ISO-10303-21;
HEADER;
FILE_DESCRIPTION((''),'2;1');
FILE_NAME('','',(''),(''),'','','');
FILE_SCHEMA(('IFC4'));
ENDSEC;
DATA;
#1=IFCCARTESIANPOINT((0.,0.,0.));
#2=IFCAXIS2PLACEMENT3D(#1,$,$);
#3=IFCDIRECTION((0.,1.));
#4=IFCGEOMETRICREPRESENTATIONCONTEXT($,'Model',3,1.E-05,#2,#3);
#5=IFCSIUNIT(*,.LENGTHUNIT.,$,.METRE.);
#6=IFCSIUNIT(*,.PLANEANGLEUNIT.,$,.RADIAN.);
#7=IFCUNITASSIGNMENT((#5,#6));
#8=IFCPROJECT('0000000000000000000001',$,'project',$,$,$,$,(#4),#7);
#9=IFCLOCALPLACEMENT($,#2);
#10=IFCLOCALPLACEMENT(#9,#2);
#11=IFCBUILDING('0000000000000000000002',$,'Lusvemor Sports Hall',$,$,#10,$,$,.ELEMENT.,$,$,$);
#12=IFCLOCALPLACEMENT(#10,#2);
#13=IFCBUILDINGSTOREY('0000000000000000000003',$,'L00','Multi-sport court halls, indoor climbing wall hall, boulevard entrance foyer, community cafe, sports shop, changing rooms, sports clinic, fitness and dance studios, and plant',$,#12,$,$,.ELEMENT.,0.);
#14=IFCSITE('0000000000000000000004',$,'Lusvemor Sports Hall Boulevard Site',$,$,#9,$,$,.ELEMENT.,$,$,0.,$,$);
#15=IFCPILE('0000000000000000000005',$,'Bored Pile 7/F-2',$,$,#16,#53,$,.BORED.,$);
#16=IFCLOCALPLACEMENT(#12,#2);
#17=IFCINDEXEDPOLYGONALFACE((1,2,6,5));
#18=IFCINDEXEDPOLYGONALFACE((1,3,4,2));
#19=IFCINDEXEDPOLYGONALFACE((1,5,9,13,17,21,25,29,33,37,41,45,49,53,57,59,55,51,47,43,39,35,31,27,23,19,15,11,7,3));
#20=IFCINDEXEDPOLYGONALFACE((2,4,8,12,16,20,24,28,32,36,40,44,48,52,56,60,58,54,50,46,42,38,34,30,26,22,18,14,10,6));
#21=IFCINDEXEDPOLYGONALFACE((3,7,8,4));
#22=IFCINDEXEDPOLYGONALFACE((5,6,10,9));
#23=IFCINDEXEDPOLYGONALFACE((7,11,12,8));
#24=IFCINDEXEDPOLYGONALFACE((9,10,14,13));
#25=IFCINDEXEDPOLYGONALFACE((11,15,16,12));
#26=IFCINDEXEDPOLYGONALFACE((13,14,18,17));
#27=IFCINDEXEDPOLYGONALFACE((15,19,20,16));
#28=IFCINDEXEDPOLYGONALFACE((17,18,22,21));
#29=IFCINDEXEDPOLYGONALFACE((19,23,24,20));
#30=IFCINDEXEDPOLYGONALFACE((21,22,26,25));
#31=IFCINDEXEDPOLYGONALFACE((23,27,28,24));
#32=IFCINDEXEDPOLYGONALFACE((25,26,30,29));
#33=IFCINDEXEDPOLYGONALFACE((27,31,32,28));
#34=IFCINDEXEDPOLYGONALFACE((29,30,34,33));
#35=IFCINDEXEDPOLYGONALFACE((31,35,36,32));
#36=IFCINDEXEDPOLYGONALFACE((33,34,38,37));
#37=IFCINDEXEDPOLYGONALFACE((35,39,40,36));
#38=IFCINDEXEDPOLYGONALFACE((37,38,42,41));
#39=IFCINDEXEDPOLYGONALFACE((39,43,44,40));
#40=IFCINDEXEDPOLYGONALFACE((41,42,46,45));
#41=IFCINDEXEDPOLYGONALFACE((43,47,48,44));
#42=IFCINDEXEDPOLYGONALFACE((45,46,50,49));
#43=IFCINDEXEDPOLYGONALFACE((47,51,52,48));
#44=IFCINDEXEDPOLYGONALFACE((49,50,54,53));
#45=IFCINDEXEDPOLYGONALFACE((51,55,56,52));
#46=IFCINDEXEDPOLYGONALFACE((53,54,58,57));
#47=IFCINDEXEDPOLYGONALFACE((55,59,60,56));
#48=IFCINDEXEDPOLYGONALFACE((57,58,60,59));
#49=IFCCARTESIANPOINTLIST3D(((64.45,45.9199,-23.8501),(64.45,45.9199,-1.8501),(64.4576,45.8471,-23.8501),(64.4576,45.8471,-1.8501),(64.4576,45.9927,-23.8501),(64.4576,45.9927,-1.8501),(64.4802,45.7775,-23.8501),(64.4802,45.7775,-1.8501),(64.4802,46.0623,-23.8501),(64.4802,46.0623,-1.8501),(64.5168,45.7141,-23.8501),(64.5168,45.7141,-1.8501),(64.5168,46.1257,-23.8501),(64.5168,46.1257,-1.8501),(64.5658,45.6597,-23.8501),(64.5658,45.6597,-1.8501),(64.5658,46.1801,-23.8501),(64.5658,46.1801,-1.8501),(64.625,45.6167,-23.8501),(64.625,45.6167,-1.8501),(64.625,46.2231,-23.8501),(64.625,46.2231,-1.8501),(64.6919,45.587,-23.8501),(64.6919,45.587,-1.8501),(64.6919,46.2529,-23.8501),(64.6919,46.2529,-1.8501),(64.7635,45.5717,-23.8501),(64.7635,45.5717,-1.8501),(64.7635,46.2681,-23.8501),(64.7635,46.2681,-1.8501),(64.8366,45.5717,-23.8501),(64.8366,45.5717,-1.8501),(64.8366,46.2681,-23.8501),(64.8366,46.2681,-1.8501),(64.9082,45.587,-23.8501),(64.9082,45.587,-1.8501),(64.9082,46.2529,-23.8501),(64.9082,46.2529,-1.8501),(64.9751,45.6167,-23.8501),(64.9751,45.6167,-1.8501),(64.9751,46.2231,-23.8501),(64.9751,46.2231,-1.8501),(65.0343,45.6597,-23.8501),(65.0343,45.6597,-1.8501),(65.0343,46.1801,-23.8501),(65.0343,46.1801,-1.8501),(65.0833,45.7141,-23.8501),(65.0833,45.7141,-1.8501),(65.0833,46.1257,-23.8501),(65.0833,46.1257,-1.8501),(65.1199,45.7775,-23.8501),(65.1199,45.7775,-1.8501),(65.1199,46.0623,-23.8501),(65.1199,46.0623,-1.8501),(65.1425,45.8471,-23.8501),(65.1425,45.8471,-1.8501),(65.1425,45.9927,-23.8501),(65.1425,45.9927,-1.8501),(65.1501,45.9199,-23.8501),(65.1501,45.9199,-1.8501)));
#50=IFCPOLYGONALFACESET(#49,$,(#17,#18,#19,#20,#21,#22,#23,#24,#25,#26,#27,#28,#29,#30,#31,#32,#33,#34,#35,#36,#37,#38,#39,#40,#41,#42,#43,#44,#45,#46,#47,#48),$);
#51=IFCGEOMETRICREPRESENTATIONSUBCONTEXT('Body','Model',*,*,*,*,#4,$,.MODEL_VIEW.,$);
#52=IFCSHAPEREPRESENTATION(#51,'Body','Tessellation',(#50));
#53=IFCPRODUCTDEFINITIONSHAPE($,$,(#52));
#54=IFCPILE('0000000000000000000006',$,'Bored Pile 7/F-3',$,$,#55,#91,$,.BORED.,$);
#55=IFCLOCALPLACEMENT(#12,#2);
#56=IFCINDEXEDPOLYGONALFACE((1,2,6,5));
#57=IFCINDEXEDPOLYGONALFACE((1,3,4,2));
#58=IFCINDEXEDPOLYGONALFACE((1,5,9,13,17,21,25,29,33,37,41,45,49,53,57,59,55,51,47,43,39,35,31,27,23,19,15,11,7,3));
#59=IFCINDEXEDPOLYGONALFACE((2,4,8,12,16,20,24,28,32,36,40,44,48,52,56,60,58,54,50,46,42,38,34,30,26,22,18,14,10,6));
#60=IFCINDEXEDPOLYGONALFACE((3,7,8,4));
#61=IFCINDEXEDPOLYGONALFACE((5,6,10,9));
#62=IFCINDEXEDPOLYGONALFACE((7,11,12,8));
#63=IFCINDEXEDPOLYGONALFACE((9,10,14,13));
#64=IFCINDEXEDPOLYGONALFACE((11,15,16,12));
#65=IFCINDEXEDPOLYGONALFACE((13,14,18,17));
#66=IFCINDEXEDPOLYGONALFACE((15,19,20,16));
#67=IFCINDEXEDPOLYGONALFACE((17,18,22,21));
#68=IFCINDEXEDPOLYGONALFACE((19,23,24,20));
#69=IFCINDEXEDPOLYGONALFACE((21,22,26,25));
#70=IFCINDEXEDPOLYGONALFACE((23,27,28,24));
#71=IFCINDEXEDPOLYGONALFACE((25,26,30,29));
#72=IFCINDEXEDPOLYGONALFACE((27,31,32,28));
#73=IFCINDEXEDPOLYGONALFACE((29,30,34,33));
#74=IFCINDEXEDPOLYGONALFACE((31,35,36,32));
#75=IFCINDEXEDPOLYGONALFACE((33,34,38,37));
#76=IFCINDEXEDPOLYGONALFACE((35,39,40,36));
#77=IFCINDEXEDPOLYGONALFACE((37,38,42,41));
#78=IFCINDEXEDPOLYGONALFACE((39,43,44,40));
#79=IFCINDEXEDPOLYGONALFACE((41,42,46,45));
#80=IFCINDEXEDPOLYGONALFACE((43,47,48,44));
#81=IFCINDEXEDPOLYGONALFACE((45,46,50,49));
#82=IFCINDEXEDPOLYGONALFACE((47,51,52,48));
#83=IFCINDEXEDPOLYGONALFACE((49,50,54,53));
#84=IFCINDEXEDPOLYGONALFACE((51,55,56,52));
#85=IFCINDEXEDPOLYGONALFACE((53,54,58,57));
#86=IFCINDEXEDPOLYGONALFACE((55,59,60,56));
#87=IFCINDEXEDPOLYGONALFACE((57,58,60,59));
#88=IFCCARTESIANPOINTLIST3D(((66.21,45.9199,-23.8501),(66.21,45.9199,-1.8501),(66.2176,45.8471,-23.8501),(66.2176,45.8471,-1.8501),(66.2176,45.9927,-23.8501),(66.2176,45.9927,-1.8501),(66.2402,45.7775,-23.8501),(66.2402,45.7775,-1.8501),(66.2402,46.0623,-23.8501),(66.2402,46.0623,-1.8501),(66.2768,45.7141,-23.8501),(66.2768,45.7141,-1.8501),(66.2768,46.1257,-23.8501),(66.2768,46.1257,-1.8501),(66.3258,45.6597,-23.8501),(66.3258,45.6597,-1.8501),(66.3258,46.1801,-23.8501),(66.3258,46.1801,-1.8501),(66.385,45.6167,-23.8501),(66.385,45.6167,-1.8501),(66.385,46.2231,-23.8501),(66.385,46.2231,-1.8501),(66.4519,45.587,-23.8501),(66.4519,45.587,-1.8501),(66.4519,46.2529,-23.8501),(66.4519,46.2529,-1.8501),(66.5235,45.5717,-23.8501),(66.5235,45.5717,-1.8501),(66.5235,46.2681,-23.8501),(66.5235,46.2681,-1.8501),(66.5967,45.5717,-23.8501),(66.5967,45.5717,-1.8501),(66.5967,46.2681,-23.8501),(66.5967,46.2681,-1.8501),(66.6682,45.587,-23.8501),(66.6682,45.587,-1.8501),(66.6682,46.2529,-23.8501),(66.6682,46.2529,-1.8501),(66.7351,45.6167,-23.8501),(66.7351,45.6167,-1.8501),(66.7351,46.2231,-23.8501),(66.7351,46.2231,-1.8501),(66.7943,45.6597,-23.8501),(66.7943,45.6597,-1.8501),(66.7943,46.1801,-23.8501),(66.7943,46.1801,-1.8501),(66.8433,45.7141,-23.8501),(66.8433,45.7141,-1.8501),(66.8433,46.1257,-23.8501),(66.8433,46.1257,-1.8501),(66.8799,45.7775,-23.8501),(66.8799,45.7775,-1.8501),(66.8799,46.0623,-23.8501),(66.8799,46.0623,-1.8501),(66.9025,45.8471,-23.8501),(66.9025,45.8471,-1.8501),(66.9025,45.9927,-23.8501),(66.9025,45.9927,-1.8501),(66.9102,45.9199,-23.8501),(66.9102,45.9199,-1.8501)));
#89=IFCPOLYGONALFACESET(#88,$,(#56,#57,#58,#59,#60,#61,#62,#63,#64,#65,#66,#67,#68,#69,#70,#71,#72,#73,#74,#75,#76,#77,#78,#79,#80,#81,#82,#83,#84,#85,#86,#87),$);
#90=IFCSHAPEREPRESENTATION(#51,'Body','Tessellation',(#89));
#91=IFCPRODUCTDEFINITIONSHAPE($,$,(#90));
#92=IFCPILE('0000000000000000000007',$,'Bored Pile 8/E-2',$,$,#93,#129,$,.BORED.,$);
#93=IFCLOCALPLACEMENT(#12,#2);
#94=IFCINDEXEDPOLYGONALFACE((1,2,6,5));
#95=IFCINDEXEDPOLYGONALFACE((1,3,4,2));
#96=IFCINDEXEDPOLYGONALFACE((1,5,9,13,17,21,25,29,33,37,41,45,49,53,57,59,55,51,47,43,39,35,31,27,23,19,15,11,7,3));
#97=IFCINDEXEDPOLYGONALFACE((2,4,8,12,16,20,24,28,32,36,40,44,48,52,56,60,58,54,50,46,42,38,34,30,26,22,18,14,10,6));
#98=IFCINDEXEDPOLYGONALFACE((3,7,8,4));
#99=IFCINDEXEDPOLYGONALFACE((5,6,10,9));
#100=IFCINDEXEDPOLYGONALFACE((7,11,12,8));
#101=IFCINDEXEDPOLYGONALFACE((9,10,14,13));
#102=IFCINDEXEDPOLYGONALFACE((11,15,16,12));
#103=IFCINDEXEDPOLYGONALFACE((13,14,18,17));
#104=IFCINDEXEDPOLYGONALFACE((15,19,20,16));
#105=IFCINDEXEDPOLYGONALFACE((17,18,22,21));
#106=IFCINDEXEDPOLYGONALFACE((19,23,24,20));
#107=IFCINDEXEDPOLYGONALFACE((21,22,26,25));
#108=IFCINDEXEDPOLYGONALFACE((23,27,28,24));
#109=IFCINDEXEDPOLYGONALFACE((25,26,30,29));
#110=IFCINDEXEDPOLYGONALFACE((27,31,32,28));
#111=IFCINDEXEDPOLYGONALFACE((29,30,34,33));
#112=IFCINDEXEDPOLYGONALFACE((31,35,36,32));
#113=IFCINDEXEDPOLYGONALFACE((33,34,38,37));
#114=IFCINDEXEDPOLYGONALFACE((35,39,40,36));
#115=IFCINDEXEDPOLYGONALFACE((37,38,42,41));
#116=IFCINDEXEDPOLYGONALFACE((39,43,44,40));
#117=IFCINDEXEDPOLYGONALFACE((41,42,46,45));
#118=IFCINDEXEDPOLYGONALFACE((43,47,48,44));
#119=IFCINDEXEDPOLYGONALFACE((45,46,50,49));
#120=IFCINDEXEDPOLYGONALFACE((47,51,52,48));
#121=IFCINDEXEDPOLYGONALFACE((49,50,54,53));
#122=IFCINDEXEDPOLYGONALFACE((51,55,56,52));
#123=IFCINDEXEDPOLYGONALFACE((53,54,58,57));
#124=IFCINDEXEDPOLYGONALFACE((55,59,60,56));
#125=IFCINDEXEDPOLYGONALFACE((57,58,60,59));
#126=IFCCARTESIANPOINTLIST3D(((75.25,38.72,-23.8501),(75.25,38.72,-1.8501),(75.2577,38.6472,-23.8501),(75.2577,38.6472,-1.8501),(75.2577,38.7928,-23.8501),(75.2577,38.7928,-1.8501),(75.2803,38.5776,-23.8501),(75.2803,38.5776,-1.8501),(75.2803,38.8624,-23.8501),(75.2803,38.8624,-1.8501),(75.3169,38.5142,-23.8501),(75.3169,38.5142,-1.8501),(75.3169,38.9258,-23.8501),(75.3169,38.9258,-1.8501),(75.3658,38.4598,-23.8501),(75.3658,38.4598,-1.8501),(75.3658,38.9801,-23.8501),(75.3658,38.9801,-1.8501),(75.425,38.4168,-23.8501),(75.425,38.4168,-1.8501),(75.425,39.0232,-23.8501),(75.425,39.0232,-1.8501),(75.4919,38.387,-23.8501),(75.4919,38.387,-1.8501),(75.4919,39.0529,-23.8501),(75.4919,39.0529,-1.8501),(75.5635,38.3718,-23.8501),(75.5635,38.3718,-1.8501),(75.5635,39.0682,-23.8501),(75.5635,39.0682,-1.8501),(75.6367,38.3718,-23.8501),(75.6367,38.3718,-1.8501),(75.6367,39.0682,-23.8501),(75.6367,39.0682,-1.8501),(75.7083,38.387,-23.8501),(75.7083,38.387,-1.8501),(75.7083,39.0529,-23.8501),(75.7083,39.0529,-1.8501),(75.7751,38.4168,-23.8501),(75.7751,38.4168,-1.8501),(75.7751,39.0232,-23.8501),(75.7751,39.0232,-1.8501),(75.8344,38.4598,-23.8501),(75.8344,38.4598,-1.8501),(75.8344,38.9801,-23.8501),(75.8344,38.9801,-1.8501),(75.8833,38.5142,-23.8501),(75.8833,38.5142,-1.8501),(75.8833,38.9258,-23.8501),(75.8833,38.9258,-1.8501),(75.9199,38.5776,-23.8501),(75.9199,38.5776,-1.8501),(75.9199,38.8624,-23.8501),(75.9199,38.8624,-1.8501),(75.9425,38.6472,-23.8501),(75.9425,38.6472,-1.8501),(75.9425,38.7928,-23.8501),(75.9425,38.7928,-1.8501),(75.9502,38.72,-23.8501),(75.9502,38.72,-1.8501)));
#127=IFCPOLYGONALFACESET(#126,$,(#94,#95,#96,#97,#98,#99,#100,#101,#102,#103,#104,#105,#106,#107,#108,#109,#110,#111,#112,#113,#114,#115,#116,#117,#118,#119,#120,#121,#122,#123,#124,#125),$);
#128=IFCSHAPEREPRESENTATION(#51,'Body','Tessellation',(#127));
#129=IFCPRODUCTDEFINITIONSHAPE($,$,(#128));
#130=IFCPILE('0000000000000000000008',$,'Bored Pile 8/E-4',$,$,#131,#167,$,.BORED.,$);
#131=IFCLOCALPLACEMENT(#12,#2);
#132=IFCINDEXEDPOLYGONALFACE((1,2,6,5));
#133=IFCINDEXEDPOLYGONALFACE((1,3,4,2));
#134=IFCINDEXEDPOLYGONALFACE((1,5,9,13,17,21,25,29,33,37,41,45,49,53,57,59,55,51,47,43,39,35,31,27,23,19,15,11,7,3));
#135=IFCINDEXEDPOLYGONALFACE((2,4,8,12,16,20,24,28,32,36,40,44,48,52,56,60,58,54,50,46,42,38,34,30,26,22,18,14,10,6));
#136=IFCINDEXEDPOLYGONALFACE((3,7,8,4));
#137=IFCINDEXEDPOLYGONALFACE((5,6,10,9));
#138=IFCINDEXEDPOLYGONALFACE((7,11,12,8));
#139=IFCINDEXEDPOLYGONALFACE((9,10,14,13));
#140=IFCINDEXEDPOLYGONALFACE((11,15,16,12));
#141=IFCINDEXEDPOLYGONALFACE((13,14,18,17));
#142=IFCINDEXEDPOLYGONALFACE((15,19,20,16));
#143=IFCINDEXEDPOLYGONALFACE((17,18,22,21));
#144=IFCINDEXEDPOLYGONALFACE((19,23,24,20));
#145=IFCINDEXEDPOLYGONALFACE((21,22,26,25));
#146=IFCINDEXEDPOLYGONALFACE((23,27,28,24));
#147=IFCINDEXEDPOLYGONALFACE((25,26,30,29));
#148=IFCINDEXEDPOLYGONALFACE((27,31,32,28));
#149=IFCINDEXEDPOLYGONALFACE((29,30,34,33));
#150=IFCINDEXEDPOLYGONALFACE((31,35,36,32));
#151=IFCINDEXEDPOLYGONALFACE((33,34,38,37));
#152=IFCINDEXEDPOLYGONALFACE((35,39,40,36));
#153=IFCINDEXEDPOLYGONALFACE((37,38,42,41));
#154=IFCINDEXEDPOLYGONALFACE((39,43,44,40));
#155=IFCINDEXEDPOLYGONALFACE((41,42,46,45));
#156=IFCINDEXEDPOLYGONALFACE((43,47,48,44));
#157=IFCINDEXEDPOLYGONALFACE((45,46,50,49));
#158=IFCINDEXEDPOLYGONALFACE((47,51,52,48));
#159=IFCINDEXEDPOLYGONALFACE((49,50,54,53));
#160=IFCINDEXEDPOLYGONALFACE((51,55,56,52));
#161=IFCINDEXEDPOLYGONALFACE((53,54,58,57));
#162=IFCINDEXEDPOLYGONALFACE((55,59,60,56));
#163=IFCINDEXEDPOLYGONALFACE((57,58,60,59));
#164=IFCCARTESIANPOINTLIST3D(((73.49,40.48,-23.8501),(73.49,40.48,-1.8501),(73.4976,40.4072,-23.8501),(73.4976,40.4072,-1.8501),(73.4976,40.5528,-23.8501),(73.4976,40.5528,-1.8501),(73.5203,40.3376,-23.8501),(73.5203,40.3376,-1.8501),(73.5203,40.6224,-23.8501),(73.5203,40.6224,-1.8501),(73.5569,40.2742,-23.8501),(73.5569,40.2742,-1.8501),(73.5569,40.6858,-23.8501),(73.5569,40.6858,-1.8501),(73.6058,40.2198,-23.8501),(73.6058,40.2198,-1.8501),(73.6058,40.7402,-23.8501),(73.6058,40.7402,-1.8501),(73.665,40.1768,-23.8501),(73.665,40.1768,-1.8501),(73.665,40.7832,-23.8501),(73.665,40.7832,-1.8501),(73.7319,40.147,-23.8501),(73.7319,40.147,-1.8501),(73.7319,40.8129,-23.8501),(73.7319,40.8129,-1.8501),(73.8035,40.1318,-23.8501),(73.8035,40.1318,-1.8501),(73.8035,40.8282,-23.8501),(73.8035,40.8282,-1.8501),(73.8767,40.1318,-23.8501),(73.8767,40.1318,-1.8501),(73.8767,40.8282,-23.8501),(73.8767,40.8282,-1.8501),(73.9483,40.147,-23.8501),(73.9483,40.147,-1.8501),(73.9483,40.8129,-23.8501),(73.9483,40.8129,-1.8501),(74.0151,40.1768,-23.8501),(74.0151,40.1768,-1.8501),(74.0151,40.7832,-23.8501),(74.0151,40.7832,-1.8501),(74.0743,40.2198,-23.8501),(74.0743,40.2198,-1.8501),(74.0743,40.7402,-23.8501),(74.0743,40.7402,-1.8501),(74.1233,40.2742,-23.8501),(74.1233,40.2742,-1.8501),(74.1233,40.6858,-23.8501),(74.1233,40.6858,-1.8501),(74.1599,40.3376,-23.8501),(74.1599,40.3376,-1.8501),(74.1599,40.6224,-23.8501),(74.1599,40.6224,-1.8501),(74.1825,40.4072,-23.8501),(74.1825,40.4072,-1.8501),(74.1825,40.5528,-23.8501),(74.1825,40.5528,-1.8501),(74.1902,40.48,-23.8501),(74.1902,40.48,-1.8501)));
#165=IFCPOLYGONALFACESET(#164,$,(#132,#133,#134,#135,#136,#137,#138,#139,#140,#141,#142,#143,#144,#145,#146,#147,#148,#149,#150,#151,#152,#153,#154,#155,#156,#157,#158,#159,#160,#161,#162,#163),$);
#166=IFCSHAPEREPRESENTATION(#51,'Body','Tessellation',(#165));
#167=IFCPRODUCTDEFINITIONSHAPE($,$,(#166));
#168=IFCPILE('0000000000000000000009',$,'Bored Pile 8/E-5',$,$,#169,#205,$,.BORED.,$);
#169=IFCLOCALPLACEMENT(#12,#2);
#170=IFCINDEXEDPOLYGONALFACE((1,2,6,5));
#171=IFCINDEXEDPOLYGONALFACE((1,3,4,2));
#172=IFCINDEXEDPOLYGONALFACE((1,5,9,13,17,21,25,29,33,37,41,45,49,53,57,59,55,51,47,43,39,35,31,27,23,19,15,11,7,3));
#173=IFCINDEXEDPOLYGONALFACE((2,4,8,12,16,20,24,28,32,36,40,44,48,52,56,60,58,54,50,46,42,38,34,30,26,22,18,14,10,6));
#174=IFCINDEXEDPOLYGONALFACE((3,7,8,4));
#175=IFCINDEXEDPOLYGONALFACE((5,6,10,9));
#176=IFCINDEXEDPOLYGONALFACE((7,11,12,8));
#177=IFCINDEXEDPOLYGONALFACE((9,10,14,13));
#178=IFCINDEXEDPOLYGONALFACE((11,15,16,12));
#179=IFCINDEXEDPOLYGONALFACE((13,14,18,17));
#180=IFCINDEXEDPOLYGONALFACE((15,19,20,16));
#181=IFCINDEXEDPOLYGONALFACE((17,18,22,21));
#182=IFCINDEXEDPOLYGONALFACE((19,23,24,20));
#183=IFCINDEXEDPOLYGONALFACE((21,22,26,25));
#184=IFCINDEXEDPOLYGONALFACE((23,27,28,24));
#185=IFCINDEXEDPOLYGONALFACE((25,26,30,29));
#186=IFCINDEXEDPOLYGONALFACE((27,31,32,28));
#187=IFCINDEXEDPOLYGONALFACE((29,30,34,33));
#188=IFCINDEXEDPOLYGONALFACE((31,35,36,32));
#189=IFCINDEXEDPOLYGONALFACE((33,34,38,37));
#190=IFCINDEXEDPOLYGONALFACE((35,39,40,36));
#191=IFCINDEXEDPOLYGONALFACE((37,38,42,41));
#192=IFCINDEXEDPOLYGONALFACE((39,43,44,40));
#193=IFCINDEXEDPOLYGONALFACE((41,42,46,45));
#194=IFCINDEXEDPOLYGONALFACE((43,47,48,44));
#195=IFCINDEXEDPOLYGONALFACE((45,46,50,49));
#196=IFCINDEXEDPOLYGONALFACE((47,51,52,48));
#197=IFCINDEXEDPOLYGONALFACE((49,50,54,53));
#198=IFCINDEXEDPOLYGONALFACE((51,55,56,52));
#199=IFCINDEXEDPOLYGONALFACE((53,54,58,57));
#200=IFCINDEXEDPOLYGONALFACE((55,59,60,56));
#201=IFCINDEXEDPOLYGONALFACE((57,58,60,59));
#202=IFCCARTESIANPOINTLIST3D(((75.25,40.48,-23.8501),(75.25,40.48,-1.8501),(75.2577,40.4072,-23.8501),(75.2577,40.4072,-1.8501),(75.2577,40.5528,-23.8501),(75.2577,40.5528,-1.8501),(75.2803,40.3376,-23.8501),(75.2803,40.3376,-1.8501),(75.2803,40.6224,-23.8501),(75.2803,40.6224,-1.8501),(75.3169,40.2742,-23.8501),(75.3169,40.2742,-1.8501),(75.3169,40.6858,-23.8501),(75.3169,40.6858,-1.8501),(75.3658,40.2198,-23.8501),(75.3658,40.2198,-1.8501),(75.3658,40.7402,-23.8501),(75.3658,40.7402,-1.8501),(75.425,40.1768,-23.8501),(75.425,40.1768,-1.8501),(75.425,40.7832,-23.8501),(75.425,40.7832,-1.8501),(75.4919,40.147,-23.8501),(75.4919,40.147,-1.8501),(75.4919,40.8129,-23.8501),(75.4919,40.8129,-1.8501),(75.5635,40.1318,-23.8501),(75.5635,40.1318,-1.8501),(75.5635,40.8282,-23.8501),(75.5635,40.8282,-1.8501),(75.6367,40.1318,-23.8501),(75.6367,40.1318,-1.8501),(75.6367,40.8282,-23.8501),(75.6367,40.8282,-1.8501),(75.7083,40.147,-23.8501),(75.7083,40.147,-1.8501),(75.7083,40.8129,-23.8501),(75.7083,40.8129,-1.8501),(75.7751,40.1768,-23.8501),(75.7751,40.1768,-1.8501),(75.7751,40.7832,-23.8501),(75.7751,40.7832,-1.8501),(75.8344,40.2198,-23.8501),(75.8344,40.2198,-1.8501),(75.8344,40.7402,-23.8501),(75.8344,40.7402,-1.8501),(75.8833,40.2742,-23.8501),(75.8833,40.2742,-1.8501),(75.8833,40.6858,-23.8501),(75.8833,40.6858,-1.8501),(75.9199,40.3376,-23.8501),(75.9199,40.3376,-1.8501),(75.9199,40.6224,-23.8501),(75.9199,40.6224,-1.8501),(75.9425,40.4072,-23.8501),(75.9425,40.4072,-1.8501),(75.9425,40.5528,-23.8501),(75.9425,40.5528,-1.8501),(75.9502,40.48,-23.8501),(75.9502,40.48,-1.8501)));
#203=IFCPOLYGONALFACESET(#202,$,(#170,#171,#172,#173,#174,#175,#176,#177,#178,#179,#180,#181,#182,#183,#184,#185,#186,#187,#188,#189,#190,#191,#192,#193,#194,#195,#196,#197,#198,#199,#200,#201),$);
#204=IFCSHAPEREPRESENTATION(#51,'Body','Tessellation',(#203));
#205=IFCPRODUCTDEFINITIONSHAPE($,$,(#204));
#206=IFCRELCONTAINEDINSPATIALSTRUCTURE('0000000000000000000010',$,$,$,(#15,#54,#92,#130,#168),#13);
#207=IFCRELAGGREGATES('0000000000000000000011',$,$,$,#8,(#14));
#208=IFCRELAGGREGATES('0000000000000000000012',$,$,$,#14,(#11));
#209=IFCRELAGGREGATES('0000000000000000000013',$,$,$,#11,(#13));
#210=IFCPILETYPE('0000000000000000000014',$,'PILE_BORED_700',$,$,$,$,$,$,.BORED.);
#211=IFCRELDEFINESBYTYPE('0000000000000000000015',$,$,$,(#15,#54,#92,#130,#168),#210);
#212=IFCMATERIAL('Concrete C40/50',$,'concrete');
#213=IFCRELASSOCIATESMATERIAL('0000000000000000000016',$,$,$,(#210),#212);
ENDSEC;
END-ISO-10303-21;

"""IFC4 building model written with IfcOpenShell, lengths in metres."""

from ifc_helpers import new_model, si_unit, direction, frame, origin, origin_2d, place, context, subcontext, project, spatial, circle, extrude, material, material_profile, profile_set, type_object, element, save


model = new_model("IFC4")

# Units and contexts
model_context = context("Model", 3, precision=1e-05, world=origin(), true_north=direction((0.0, 1.0)))
body_context = subcontext(model_context, "Body", "Model", "MODEL_VIEW")
ifc_project = project(units=[si_unit("LENGTHUNIT", "METRE"), si_unit("PLANEANGLEUNIT", "RADIAN")], contexts=[model_context])

# Site, building, storey
site_placement = place(None, origin())
site = spatial("IfcSite", under=ifc_project, at=site_placement, Name="Lusvemor Sports Hall Boulevard Site", CompositionType="ELEMENT", RefElevation=0.0)
building_placement = place(site_placement, origin())
building = spatial("IfcBuilding", under=site, at=building_placement, Name="Lusvemor Sports Hall", CompositionType="ELEMENT")
storey_placement = place(building_placement, origin())
storey = spatial("IfcBuildingStorey", under=building, at=storey_placement, Name="L00", Description="Multi-sport court halls, indoor climbing wall hall, boulevard entrance foyer, community cafe, sports shop, changing rooms, sports clinic, fitness and dance studios, and plant", CompositionType="ELEMENT", Elevation=0.0)

# Piles
ifc_material_1 = material(Name="Concrete C40/50", Category="concrete")
ifc_material_profile_1 = material_profile(ifc_material_1, circle(Radius=0.3501, at=origin_2d()), Name="PILE700")
ifc_profile_set_1 = profile_set([ifc_material_profile_1], Name="Concrete C40/50")
pile_type = type_object("IfcPileType", Name="PILE_BORED_700", PredefinedType="BORED", material=ifc_profile_set_1)
for number, where, z_axis, x_axis, name in (
    (1, (64.8, 45.9199, -1.8501), (0.0, 0.0, -1.0), (1.0, 0.0, 0.0), "Bored Pile 7/F-2"),
    (2, (66.5601, 45.9199, -1.8501), (0.0, 0.0, -1.0), (1.0, 0.0, 0.0), "Bored Pile 7/F-3"),
    (3, (75.6001, 38.72, -1.8501), (0.0, 0.0, -1.0), (1.0, 0.0, 0.0), "Bored Pile 8/E-2"),
    (4, (73.8401, 40.48, -1.8501), (0.0, 0.0, -1.0), (1.0, 0.0, 0.0), "Bored Pile 8/E-4"),
    (5, (75.6001, 40.48, -1.8501), (0.0, 0.0, -1.0), (1.0, 0.0, 0.0), "Bored Pile 8/E-5"),
):
    element("IfcPile", number, at=place(storey_placement, frame(where, z_axis=z_axis, x_axis=x_axis)), inside=storey, type_object=pile_type, Name=name, PredefinedType="BORED", context=body_context, shape_type="SweptSolid", body=[
        extrude(circle(Radius=0.3501, at=origin_2d()), origin(), (0.0, 0.0, 1.0), 22.0),
    ])

save(model, "model.ifc")
